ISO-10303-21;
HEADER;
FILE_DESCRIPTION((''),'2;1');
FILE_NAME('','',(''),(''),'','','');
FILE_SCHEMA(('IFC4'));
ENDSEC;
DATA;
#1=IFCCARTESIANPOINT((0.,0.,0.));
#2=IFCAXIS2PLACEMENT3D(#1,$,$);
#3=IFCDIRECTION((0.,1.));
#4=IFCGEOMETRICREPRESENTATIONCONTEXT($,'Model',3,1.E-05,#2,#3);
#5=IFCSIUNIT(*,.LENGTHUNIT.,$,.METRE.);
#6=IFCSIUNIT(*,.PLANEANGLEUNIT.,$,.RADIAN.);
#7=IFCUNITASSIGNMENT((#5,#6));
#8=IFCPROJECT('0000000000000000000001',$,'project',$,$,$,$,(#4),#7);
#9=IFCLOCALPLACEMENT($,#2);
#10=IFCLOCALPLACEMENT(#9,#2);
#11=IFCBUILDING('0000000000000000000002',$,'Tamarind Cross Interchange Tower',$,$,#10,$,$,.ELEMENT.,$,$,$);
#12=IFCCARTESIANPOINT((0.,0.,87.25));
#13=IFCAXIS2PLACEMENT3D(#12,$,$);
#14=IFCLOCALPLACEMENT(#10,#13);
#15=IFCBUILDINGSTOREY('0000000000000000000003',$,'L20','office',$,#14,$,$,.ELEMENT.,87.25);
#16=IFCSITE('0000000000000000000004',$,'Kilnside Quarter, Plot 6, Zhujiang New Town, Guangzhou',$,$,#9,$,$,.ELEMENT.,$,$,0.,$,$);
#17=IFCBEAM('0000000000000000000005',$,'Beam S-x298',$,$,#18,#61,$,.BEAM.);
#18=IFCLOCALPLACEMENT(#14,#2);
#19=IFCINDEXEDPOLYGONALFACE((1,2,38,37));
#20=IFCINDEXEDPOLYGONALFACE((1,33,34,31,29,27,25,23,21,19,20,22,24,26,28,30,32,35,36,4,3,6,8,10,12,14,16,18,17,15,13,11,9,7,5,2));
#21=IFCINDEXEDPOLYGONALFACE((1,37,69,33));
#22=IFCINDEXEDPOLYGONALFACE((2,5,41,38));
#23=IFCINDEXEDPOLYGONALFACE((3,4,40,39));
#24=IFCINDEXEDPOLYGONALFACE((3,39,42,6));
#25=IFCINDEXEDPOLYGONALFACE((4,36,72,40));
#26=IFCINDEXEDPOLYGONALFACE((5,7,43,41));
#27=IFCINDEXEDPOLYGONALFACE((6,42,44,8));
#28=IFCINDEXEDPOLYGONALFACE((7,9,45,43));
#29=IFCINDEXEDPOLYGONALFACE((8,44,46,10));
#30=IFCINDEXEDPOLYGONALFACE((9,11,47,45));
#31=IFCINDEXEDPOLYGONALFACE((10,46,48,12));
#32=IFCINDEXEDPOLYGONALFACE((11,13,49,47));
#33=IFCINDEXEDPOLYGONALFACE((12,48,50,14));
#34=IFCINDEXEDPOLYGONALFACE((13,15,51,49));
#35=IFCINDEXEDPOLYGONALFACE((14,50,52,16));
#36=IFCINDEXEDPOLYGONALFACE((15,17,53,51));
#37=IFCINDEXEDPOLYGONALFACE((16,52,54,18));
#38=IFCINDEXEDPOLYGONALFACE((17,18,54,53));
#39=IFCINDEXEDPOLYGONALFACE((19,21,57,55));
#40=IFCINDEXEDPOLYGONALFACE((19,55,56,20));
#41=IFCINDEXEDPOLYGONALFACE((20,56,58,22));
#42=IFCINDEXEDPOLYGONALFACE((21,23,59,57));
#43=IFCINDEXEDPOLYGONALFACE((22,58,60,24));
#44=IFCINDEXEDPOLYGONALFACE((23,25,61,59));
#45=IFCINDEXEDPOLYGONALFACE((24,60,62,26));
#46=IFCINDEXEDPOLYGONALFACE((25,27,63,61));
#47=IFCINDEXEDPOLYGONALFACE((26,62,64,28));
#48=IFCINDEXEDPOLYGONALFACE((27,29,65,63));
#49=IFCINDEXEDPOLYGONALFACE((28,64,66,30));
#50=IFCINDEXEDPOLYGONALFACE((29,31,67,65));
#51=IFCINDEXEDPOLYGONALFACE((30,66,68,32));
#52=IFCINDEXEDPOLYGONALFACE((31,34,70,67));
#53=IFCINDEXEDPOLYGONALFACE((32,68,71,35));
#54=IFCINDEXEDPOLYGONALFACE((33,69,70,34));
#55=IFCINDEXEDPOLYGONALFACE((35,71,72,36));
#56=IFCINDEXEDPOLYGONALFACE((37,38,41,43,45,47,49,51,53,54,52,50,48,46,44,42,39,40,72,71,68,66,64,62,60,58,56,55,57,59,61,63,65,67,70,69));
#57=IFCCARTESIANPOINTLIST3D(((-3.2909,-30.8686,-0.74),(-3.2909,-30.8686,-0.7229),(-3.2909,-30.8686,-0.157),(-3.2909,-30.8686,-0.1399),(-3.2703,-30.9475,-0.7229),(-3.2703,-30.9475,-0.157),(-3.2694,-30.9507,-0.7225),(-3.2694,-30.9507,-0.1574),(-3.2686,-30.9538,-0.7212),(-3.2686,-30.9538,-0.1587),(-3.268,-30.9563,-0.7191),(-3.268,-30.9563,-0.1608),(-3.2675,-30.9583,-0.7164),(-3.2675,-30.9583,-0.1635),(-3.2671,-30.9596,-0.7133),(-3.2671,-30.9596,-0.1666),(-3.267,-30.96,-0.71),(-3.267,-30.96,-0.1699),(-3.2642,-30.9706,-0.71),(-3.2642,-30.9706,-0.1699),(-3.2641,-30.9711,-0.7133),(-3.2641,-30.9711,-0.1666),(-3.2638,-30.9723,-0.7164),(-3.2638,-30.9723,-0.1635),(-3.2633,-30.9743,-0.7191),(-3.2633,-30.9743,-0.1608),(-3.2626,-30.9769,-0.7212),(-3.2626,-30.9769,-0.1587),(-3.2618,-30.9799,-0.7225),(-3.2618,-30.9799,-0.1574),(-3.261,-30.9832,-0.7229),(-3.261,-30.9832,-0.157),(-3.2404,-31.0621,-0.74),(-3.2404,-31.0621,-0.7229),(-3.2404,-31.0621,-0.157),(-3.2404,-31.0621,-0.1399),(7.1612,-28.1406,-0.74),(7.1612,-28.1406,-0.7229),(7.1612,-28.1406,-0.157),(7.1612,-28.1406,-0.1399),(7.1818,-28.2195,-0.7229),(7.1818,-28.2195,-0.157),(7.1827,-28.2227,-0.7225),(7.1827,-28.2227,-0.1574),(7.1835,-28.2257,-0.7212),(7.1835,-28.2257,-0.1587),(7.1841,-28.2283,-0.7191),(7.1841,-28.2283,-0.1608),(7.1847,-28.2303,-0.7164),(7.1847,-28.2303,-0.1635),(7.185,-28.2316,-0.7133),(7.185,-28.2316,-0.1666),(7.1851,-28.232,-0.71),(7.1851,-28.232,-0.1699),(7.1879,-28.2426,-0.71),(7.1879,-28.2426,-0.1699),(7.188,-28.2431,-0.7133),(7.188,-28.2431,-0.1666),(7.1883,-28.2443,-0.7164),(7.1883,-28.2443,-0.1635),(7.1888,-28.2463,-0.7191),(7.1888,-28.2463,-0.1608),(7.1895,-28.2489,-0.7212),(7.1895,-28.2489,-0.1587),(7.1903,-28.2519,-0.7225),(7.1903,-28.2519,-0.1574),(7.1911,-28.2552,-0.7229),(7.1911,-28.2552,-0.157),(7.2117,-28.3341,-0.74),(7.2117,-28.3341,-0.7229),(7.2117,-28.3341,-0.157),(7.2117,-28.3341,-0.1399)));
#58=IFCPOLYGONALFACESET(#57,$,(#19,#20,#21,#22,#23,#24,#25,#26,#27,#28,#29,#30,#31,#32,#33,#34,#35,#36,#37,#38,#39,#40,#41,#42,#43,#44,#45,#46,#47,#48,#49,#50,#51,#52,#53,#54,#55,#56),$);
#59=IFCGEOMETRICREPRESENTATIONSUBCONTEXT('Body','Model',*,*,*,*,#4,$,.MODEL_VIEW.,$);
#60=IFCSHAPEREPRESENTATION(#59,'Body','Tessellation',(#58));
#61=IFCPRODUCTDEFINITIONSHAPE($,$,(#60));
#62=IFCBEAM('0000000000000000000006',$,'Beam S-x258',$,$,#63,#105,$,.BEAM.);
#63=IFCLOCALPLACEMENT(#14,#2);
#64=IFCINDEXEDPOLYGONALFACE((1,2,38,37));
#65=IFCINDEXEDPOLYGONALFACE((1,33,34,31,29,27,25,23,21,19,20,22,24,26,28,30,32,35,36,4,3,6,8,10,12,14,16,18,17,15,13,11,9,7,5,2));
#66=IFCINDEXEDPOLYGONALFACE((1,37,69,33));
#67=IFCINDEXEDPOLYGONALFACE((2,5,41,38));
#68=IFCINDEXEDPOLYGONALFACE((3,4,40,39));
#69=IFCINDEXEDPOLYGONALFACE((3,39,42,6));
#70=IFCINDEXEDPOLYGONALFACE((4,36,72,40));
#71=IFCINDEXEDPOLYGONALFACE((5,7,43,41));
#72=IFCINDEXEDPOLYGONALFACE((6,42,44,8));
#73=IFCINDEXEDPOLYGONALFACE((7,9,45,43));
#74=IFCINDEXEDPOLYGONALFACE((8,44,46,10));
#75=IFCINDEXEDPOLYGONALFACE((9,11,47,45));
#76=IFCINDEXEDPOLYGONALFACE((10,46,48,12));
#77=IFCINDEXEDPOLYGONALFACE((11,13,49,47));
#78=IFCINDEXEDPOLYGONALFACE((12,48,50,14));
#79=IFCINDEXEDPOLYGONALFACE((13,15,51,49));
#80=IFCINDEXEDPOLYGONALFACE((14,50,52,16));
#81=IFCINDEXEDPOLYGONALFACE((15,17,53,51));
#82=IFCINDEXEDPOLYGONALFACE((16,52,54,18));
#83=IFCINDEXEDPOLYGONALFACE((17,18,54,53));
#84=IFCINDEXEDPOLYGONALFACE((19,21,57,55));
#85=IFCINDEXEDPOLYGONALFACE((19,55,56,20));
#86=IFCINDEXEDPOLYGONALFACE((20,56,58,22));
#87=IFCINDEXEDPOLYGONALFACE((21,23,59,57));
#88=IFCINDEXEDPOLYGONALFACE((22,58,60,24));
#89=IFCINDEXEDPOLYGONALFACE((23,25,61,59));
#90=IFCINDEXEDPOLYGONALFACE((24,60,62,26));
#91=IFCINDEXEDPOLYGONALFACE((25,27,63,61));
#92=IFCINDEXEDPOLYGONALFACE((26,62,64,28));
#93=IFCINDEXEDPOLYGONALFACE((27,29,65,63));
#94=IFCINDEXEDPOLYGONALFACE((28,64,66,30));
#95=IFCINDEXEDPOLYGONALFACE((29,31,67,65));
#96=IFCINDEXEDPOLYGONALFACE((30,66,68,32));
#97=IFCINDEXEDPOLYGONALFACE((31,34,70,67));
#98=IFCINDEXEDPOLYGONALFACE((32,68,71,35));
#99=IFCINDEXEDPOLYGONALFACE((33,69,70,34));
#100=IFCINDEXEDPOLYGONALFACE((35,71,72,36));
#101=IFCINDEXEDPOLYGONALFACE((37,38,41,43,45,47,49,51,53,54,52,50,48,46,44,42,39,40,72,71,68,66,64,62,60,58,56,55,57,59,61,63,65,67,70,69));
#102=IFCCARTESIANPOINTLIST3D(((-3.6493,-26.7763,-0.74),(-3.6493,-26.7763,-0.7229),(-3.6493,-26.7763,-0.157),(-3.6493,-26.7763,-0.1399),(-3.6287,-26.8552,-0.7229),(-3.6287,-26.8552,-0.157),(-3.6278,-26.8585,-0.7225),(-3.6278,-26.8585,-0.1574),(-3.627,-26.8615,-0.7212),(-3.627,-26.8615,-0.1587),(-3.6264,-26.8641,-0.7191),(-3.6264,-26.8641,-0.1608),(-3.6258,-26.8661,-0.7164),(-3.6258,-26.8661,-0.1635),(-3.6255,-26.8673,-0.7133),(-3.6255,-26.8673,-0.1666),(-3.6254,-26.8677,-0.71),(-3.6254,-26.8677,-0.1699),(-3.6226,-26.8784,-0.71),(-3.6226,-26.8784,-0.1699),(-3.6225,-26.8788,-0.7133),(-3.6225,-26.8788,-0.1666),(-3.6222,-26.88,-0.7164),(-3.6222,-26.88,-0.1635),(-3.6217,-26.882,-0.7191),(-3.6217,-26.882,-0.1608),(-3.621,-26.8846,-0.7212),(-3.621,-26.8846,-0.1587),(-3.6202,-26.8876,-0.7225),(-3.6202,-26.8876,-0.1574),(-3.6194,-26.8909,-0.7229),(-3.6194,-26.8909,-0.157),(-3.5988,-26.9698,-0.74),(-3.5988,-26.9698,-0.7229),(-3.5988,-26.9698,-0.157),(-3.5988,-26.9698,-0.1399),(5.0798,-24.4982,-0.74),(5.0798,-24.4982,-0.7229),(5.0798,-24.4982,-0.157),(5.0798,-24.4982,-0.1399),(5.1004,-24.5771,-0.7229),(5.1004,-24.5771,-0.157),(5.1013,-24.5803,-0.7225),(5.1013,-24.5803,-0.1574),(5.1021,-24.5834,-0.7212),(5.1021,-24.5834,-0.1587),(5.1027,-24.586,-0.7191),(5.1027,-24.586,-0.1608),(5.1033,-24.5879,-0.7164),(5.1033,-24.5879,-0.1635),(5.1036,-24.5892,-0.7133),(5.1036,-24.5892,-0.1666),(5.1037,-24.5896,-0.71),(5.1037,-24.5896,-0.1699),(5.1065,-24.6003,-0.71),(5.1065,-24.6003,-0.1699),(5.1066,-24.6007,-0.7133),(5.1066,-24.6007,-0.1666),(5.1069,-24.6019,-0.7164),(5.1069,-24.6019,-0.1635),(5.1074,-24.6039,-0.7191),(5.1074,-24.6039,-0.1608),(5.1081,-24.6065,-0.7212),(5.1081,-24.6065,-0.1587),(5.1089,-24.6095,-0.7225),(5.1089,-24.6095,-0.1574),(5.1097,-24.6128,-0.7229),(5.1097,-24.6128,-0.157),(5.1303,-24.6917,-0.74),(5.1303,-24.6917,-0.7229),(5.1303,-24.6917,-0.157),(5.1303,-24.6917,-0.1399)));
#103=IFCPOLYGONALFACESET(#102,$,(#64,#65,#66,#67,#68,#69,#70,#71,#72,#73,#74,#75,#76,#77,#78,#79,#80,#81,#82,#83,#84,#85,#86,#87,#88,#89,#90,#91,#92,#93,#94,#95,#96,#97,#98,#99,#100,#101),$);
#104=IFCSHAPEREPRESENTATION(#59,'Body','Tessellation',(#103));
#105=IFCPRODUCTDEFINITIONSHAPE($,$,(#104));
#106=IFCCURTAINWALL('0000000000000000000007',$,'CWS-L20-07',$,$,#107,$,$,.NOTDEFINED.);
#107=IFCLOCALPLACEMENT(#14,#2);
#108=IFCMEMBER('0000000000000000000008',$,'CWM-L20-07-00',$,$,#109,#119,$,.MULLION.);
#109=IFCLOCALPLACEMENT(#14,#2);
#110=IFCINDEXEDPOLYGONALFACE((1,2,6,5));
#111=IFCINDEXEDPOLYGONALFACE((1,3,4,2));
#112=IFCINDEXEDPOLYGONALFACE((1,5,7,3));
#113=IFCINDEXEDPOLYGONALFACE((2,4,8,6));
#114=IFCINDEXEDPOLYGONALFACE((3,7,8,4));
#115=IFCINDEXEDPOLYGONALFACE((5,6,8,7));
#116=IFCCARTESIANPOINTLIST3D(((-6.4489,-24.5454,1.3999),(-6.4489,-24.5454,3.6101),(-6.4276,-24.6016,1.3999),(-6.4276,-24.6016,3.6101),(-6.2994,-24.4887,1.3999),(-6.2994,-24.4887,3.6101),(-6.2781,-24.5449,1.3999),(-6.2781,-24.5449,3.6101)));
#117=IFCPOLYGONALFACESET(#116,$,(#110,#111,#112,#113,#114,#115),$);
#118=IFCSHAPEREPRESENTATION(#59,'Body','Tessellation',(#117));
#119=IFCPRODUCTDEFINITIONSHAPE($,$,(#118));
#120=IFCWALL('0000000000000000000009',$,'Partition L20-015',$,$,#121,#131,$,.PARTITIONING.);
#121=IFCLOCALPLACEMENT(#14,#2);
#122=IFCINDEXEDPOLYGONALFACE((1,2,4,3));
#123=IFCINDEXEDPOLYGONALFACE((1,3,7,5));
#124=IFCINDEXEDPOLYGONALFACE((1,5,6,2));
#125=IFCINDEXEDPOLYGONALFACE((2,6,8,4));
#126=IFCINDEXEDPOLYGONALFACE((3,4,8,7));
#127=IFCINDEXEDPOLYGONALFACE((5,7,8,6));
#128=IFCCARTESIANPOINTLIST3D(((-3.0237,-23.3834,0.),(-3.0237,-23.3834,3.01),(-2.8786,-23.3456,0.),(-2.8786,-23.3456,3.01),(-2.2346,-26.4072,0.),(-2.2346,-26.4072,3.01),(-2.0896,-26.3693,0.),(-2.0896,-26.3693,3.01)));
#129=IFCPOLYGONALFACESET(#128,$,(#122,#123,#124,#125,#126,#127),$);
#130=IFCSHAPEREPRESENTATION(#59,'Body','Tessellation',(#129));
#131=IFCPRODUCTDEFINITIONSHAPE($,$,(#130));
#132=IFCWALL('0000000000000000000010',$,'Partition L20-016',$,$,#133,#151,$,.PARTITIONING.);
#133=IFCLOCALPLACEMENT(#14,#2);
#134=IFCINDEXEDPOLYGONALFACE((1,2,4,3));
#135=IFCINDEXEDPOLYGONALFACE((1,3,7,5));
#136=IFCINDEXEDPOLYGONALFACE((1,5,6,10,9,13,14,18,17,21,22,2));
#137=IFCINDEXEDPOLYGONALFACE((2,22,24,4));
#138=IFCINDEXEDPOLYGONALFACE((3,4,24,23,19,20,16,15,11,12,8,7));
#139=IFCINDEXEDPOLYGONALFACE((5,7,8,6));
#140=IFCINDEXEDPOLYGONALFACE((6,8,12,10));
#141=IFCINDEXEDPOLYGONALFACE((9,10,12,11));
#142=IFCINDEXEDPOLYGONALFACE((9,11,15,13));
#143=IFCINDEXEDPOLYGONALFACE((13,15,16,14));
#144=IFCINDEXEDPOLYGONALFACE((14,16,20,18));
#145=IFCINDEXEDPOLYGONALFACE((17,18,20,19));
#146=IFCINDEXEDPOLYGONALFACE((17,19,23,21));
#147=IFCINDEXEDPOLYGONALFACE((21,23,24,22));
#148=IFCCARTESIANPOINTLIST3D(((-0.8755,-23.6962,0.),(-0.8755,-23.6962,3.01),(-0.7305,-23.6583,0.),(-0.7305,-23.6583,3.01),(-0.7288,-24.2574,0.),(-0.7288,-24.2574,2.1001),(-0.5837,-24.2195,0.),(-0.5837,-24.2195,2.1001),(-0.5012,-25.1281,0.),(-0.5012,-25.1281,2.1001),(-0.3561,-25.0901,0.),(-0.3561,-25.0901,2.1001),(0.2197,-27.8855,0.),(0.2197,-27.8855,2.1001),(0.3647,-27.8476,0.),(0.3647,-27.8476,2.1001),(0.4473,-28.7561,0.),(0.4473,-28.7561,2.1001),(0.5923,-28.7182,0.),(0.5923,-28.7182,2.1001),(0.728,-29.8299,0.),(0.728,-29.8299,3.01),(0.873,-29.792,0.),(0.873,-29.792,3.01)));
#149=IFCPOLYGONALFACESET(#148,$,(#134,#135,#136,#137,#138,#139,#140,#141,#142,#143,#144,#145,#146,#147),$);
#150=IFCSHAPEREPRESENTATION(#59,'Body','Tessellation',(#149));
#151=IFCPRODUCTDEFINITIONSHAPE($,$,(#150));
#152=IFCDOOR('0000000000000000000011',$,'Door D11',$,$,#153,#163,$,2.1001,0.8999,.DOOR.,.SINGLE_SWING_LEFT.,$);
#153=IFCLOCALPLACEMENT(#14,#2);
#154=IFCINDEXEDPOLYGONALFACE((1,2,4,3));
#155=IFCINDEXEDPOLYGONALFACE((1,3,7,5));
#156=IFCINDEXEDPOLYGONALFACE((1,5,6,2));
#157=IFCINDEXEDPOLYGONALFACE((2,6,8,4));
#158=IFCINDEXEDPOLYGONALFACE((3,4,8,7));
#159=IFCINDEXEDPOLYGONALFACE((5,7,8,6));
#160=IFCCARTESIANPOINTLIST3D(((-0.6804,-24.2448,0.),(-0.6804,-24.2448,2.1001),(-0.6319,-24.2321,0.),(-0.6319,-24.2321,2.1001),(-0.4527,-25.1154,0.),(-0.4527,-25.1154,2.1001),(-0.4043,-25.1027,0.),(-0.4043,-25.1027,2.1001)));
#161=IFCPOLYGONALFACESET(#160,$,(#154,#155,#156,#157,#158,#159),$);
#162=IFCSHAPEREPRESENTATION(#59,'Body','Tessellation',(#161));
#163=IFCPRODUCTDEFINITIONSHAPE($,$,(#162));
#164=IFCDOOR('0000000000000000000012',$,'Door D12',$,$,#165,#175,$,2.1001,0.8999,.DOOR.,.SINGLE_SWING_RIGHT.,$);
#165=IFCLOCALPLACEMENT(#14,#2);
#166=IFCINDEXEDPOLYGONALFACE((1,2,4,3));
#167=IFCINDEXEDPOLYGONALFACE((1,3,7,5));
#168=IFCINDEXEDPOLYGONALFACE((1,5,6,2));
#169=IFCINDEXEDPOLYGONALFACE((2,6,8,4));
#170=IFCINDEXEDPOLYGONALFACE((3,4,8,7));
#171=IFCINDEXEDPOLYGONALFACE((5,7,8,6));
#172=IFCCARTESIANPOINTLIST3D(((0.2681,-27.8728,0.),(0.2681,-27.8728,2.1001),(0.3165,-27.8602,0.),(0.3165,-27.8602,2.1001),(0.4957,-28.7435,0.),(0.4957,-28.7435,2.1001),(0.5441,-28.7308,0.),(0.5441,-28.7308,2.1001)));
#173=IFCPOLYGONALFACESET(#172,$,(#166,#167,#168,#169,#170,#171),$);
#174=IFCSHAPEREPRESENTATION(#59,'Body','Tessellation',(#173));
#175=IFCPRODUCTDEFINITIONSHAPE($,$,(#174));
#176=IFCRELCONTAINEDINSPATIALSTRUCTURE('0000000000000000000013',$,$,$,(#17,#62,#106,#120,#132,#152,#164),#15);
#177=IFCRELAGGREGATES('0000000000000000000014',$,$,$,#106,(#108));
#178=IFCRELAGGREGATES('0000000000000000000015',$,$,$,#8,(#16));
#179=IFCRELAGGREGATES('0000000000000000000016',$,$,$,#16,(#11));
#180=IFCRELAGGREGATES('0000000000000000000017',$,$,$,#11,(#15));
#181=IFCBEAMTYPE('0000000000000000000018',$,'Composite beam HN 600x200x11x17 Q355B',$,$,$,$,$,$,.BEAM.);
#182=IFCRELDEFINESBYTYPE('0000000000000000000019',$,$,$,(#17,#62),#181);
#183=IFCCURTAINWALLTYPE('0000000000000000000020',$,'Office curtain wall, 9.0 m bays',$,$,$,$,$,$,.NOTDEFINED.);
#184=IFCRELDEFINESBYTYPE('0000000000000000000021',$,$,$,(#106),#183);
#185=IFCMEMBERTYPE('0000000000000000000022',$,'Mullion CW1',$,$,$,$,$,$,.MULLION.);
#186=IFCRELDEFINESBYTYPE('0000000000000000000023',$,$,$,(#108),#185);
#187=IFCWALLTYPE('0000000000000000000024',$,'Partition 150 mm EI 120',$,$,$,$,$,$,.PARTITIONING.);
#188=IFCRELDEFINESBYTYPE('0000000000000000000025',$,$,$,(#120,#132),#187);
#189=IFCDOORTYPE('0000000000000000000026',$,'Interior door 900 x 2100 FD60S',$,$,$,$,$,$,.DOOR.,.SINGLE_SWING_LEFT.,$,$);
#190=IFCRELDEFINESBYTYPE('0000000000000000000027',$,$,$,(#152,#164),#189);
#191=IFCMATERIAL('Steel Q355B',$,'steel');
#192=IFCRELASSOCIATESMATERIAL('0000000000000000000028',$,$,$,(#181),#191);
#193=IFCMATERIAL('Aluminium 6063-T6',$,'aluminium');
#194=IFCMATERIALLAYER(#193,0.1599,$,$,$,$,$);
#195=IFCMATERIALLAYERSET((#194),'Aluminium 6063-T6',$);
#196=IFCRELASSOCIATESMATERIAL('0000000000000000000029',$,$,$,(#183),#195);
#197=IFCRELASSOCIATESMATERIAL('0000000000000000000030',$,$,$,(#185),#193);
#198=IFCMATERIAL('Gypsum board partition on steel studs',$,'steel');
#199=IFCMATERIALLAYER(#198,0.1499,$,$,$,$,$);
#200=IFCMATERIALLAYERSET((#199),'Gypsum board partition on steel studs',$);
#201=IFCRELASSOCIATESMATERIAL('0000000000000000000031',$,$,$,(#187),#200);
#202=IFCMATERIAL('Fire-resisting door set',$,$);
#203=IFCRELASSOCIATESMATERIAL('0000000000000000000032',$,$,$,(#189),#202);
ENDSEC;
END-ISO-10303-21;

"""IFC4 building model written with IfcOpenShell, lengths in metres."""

from ifc_helpers import new_model, si_unit, direction, frame, frame_2d, origin, origin_2d, place, context, subcontext, project, spatial, rectangle, i_section, extrude, material, layer, layer_set, material_profile, profile_set, type_object, element, fill, aggregate, save


model = new_model("IFC4")

# Units and contexts
model_context = context("Model", 3, precision=1e-05, world=origin(), true_north=direction((0.0, 1.0)))
body_context = subcontext(model_context, "Body", "Model", "MODEL_VIEW")
ifc_project = project(units=[si_unit("LENGTHUNIT", "METRE"), si_unit("PLANEANGLEUNIT", "RADIAN")], contexts=[model_context])

# Site, building, storey
site_placement = place(None, origin())
site = spatial("IfcSite", under=ifc_project, at=site_placement, Name="Kilnside Quarter, Plot 6, Zhujiang New Town, Guangzhou", CompositionType="ELEMENT", RefElevation=0.0)
building_placement = place(site_placement, origin())
building = spatial("IfcBuilding", under=site, at=building_placement, Name="Tamarind Cross Interchange Tower", CompositionType="ELEMENT")
storey_placement = place(building_placement, frame((0.0, 0.0, 87.25)))
storey = spatial("IfcBuildingStorey", under=building, at=storey_placement, Name="L20", Description="office", CompositionType="ELEMENT", Elevation=87.25)

# Beams
ifc_material_1 = material(Name="Steel Q355B", Category="steel")
ifc_material_profile_1 = material_profile(ifc_material_1, i_section(OverallWidth=0.2, OverallDepth=0.6001, WebThickness=0.011, FlangeThickness=0.0171, FilletRadius=0.0129, at=origin_2d()), Name="HN 600x200x11x17")
ifc_profile_set_1 = profile_set([ifc_material_profile_1], Name="Steel Q355B")
beam_type_1 = type_object("IfcBeamType", Name="Composite beam HN 600x200x11x17 Q355B", PredefinedType="BEAM", material=ifc_profile_set_1)
beam_1_placement = place(storey_placement, frame((-3.2656, -30.9653, -0.4399), z_axis=(0.967586, 0.252541, 0.0), x_axis=(-0.252541, 0.967586, 0.0)))
element("IfcBeam", 1, at=beam_1_placement, inside=storey, type_object=beam_type_1, Name="Beam S-x298", PredefinedType="BEAM", context=body_context, shape_type="SweptSolid", body=[
    extrude(i_section(OverallWidth=0.2, OverallDepth=0.6001, WebThickness=0.011, FlangeThickness=0.0171, FilletRadius=0.0129, at=origin_2d()), origin(), (0.0, 0.0, 1.0), 10.8022),
])
beam_2_placement = place(storey_placement, frame((-3.624, -26.873, -0.4399), z_axis=(0.967592, 0.25252, 0.0), x_axis=(-0.25252, 0.967592, 0.0)))
element("IfcBeam", 2, at=beam_2_placement, inside=storey, type_object=beam_type_1, Name="Beam S-x258", PredefinedType="BEAM", context=body_context, shape_type="SweptSolid", body=[
    extrude(i_section(OverallWidth=0.2, OverallDepth=0.6001, WebThickness=0.011, FlangeThickness=0.0171, FilletRadius=0.0129, at=origin_2d()), origin(), (0.0, 0.0, 1.0), 9.0215),
])

# Curtain wall, member
ifc_material_2 = material(Name="Aluminium 6063-T6", Category="aluminium")
ifc_layer_1 = layer(ifc_material_2, 0.1599)
ifc_layer_set_1 = layer_set([ifc_layer_1], Name="Aluminium 6063-T6")
curtain_wall_type = type_object("IfcCurtainWallType", Name="Office curtain wall, 9.0 m bays", PredefinedType="NOTDEFINED", material=ifc_layer_set_1)
curtain_wall_placement = place(storey_placement, origin())
curtain_wall = element("IfcCurtainWall", 3, at=curtain_wall_placement, inside=storey, type_object=curtain_wall_type, Name="CWS-L20-07", PredefinedType="NOTDEFINED")
ifc_material_profile_2 = material_profile(ifc_material_2, rectangle(XDim=0.0601, YDim=0.1599, at=origin_2d()), Name="Mullion CW1")
ifc_profile_set_2 = profile_set([ifc_material_profile_2], Name="Aluminium 6063-T6")
member_type = type_object("IfcMemberType", Name="Mullion CW1", PredefinedType="MULLION", material=ifc_profile_set_2)
member_placement = place(storey_placement, frame((-6.3635, -24.5452, 1.3999), z_axis=(0.0, 0.0, 1.0), x_axis=(0.354566, -0.935031, 0.0)))
member = element("IfcMember", 4, at=member_placement, type_object=member_type, Name="CWM-L20-07-00", PredefinedType="MULLION", context=body_context, shape_type="SweptSolid", body=[
    extrude(rectangle(XDim=0.0601, YDim=0.1599, at=origin_2d()), origin(), (0.0, 0.0, 1.0), 2.2102),
])
aggregate(curtain_wall, [member])

# Wall
ifc_material_3 = material(Name="Gypsum board partition on steel studs", Category="steel")
ifc_layer_2 = layer(ifc_material_3, 0.1499)
ifc_layer_set_2 = layer_set([ifc_layer_2], Name="Gypsum board partition on steel studs")
wall_type_1 = type_object("IfcWallType", Name="Partition 150 mm EI 120", PredefinedType="PARTITIONING", material=ifc_layer_set_2)
wall_1_placement = place(storey_placement, frame((-2.9512, -23.3645, 0.0), z_axis=(0.0, 0.0, 1.0), x_axis=(0.252505, -0.967596, 0.0)))
element("IfcWall", 5, at=wall_1_placement, inside=storey, type_object=wall_type_1, Name="Partition L20-015", PredefinedType="PARTITIONING", context=body_context, shape_type="SweptSolid", body=[
    extrude(rectangle(XDim=3.125, YDim=0.1499, at=frame_2d((1.5625, 0.0))), origin(), (0.0, 0.0, 1.0), 3.01),
])

# Wall, openings, doors
wall_2_placement = place(storey_placement, frame((-0.803, -23.6772, 0.0), z_axis=(0.0, 0.0, 1.0), x_axis=(0.252923, -0.967486, 0.0)))
wall_2 = element("IfcWall", 6, at=wall_2_placement, inside=storey, type_object=wall_type_1, Name="Partition L20-016", PredefinedType="PARTITIONING", context=body_context, shape_type="SweptSolid", body=[
    extrude(rectangle(XDim=6.3398, YDim=0.1499, at=frame_2d((3.1699, 0.0))), origin(), (0.0, 0.0, 1.0), 3.01),
])
opening_1_placement = place(wall_2_placement, frame((0.5801, 0.0, 0.0)))
opening_1 = element("IfcOpeningElement", 7, at=opening_1_placement, cuts=wall_2, PredefinedType="OPENING", context=body_context, shape_type="SweptSolid", body=[
    extrude(rectangle(XDim=0.8999, YDim=2.1001, at=frame_2d((0.45, 1.05))), frame((0.0, 0.085, 0.0), z_axis=(0.0, -1.0, 0.0), x_axis=(1.0, 0.0, 0.0)), (0.0, 0.0, 1.0), 0.1699),
])
opening_2_placement = place(wall_2_placement, frame((4.3301, 0.0, 0.0)))
opening_2 = element("IfcOpeningElement", 8, at=opening_2_placement, cuts=wall_2, PredefinedType="OPENING", context=body_context, shape_type="SweptSolid", body=[
    extrude(rectangle(XDim=0.8999, YDim=2.1001, at=frame_2d((0.45, 1.05))), frame((0.0, 0.085, 0.0), z_axis=(0.0, -1.0, 0.0), x_axis=(1.0, 0.0, 0.0)), (0.0, 0.0, 1.0), 0.1699),
])
ifc_material_4 = material(Name="Fire-resisting door set")
door_type_1 = type_object("IfcDoorType", Name="Interior door 900 x 2100 FD60S", OperationType="SINGLE_SWING_LEFT", PredefinedType="DOOR", material=ifc_material_4)
door_1_placement = place(opening_1_placement, frame((0.8999, 0.0, 0.0), z_axis=(0.0, 0.0, 1.0), x_axis=(-1.0, 0.0, 0.0)))
door_1 = element("IfcDoor", 9, at=door_1_placement, inside=storey, type_object=door_type_1, Name="Door D11", OperationType="SINGLE_SWING_LEFT", OverallHeight=2.1001, OverallWidth=0.8999, PredefinedType="DOOR", context=body_context, shape_type="SweptSolid", body=[
    extrude(rectangle(XDim=0.8999, YDim=2.1001, at=frame_2d((0.45, 1.05))), frame((0.0, 0.0249, 0.0), z_axis=(0.0, -1.0, 0.0), x_axis=(1.0, 0.0, 0.0)), (0.0, 0.0, 1.0), 0.05),
])
fill(opening_1, door_1)
door_2_placement = place(opening_2_placement, frame((0.8999, 0.0, 0.0), z_axis=(0.0, 0.0, 1.0), x_axis=(-1.0, 0.0, 0.0)))
door_2 = element("IfcDoor", 10, at=door_2_placement, inside=storey, type_object=door_type_1, Name="Door D12", OperationType="SINGLE_SWING_RIGHT", OverallHeight=2.1001, OverallWidth=0.8999, PredefinedType="DOOR", context=body_context, shape_type="SweptSolid", body=[
    extrude(rectangle(XDim=0.8999, YDim=2.1001, at=frame_2d((0.45, 1.05))), frame((0.0, 0.0249, 0.0), z_axis=(0.0, -1.0, 0.0), x_axis=(1.0, 0.0, 0.0)), (0.0, 0.0, 1.0), 0.05),
])
fill(opening_2, door_2)

save(model, "model.ifc")
